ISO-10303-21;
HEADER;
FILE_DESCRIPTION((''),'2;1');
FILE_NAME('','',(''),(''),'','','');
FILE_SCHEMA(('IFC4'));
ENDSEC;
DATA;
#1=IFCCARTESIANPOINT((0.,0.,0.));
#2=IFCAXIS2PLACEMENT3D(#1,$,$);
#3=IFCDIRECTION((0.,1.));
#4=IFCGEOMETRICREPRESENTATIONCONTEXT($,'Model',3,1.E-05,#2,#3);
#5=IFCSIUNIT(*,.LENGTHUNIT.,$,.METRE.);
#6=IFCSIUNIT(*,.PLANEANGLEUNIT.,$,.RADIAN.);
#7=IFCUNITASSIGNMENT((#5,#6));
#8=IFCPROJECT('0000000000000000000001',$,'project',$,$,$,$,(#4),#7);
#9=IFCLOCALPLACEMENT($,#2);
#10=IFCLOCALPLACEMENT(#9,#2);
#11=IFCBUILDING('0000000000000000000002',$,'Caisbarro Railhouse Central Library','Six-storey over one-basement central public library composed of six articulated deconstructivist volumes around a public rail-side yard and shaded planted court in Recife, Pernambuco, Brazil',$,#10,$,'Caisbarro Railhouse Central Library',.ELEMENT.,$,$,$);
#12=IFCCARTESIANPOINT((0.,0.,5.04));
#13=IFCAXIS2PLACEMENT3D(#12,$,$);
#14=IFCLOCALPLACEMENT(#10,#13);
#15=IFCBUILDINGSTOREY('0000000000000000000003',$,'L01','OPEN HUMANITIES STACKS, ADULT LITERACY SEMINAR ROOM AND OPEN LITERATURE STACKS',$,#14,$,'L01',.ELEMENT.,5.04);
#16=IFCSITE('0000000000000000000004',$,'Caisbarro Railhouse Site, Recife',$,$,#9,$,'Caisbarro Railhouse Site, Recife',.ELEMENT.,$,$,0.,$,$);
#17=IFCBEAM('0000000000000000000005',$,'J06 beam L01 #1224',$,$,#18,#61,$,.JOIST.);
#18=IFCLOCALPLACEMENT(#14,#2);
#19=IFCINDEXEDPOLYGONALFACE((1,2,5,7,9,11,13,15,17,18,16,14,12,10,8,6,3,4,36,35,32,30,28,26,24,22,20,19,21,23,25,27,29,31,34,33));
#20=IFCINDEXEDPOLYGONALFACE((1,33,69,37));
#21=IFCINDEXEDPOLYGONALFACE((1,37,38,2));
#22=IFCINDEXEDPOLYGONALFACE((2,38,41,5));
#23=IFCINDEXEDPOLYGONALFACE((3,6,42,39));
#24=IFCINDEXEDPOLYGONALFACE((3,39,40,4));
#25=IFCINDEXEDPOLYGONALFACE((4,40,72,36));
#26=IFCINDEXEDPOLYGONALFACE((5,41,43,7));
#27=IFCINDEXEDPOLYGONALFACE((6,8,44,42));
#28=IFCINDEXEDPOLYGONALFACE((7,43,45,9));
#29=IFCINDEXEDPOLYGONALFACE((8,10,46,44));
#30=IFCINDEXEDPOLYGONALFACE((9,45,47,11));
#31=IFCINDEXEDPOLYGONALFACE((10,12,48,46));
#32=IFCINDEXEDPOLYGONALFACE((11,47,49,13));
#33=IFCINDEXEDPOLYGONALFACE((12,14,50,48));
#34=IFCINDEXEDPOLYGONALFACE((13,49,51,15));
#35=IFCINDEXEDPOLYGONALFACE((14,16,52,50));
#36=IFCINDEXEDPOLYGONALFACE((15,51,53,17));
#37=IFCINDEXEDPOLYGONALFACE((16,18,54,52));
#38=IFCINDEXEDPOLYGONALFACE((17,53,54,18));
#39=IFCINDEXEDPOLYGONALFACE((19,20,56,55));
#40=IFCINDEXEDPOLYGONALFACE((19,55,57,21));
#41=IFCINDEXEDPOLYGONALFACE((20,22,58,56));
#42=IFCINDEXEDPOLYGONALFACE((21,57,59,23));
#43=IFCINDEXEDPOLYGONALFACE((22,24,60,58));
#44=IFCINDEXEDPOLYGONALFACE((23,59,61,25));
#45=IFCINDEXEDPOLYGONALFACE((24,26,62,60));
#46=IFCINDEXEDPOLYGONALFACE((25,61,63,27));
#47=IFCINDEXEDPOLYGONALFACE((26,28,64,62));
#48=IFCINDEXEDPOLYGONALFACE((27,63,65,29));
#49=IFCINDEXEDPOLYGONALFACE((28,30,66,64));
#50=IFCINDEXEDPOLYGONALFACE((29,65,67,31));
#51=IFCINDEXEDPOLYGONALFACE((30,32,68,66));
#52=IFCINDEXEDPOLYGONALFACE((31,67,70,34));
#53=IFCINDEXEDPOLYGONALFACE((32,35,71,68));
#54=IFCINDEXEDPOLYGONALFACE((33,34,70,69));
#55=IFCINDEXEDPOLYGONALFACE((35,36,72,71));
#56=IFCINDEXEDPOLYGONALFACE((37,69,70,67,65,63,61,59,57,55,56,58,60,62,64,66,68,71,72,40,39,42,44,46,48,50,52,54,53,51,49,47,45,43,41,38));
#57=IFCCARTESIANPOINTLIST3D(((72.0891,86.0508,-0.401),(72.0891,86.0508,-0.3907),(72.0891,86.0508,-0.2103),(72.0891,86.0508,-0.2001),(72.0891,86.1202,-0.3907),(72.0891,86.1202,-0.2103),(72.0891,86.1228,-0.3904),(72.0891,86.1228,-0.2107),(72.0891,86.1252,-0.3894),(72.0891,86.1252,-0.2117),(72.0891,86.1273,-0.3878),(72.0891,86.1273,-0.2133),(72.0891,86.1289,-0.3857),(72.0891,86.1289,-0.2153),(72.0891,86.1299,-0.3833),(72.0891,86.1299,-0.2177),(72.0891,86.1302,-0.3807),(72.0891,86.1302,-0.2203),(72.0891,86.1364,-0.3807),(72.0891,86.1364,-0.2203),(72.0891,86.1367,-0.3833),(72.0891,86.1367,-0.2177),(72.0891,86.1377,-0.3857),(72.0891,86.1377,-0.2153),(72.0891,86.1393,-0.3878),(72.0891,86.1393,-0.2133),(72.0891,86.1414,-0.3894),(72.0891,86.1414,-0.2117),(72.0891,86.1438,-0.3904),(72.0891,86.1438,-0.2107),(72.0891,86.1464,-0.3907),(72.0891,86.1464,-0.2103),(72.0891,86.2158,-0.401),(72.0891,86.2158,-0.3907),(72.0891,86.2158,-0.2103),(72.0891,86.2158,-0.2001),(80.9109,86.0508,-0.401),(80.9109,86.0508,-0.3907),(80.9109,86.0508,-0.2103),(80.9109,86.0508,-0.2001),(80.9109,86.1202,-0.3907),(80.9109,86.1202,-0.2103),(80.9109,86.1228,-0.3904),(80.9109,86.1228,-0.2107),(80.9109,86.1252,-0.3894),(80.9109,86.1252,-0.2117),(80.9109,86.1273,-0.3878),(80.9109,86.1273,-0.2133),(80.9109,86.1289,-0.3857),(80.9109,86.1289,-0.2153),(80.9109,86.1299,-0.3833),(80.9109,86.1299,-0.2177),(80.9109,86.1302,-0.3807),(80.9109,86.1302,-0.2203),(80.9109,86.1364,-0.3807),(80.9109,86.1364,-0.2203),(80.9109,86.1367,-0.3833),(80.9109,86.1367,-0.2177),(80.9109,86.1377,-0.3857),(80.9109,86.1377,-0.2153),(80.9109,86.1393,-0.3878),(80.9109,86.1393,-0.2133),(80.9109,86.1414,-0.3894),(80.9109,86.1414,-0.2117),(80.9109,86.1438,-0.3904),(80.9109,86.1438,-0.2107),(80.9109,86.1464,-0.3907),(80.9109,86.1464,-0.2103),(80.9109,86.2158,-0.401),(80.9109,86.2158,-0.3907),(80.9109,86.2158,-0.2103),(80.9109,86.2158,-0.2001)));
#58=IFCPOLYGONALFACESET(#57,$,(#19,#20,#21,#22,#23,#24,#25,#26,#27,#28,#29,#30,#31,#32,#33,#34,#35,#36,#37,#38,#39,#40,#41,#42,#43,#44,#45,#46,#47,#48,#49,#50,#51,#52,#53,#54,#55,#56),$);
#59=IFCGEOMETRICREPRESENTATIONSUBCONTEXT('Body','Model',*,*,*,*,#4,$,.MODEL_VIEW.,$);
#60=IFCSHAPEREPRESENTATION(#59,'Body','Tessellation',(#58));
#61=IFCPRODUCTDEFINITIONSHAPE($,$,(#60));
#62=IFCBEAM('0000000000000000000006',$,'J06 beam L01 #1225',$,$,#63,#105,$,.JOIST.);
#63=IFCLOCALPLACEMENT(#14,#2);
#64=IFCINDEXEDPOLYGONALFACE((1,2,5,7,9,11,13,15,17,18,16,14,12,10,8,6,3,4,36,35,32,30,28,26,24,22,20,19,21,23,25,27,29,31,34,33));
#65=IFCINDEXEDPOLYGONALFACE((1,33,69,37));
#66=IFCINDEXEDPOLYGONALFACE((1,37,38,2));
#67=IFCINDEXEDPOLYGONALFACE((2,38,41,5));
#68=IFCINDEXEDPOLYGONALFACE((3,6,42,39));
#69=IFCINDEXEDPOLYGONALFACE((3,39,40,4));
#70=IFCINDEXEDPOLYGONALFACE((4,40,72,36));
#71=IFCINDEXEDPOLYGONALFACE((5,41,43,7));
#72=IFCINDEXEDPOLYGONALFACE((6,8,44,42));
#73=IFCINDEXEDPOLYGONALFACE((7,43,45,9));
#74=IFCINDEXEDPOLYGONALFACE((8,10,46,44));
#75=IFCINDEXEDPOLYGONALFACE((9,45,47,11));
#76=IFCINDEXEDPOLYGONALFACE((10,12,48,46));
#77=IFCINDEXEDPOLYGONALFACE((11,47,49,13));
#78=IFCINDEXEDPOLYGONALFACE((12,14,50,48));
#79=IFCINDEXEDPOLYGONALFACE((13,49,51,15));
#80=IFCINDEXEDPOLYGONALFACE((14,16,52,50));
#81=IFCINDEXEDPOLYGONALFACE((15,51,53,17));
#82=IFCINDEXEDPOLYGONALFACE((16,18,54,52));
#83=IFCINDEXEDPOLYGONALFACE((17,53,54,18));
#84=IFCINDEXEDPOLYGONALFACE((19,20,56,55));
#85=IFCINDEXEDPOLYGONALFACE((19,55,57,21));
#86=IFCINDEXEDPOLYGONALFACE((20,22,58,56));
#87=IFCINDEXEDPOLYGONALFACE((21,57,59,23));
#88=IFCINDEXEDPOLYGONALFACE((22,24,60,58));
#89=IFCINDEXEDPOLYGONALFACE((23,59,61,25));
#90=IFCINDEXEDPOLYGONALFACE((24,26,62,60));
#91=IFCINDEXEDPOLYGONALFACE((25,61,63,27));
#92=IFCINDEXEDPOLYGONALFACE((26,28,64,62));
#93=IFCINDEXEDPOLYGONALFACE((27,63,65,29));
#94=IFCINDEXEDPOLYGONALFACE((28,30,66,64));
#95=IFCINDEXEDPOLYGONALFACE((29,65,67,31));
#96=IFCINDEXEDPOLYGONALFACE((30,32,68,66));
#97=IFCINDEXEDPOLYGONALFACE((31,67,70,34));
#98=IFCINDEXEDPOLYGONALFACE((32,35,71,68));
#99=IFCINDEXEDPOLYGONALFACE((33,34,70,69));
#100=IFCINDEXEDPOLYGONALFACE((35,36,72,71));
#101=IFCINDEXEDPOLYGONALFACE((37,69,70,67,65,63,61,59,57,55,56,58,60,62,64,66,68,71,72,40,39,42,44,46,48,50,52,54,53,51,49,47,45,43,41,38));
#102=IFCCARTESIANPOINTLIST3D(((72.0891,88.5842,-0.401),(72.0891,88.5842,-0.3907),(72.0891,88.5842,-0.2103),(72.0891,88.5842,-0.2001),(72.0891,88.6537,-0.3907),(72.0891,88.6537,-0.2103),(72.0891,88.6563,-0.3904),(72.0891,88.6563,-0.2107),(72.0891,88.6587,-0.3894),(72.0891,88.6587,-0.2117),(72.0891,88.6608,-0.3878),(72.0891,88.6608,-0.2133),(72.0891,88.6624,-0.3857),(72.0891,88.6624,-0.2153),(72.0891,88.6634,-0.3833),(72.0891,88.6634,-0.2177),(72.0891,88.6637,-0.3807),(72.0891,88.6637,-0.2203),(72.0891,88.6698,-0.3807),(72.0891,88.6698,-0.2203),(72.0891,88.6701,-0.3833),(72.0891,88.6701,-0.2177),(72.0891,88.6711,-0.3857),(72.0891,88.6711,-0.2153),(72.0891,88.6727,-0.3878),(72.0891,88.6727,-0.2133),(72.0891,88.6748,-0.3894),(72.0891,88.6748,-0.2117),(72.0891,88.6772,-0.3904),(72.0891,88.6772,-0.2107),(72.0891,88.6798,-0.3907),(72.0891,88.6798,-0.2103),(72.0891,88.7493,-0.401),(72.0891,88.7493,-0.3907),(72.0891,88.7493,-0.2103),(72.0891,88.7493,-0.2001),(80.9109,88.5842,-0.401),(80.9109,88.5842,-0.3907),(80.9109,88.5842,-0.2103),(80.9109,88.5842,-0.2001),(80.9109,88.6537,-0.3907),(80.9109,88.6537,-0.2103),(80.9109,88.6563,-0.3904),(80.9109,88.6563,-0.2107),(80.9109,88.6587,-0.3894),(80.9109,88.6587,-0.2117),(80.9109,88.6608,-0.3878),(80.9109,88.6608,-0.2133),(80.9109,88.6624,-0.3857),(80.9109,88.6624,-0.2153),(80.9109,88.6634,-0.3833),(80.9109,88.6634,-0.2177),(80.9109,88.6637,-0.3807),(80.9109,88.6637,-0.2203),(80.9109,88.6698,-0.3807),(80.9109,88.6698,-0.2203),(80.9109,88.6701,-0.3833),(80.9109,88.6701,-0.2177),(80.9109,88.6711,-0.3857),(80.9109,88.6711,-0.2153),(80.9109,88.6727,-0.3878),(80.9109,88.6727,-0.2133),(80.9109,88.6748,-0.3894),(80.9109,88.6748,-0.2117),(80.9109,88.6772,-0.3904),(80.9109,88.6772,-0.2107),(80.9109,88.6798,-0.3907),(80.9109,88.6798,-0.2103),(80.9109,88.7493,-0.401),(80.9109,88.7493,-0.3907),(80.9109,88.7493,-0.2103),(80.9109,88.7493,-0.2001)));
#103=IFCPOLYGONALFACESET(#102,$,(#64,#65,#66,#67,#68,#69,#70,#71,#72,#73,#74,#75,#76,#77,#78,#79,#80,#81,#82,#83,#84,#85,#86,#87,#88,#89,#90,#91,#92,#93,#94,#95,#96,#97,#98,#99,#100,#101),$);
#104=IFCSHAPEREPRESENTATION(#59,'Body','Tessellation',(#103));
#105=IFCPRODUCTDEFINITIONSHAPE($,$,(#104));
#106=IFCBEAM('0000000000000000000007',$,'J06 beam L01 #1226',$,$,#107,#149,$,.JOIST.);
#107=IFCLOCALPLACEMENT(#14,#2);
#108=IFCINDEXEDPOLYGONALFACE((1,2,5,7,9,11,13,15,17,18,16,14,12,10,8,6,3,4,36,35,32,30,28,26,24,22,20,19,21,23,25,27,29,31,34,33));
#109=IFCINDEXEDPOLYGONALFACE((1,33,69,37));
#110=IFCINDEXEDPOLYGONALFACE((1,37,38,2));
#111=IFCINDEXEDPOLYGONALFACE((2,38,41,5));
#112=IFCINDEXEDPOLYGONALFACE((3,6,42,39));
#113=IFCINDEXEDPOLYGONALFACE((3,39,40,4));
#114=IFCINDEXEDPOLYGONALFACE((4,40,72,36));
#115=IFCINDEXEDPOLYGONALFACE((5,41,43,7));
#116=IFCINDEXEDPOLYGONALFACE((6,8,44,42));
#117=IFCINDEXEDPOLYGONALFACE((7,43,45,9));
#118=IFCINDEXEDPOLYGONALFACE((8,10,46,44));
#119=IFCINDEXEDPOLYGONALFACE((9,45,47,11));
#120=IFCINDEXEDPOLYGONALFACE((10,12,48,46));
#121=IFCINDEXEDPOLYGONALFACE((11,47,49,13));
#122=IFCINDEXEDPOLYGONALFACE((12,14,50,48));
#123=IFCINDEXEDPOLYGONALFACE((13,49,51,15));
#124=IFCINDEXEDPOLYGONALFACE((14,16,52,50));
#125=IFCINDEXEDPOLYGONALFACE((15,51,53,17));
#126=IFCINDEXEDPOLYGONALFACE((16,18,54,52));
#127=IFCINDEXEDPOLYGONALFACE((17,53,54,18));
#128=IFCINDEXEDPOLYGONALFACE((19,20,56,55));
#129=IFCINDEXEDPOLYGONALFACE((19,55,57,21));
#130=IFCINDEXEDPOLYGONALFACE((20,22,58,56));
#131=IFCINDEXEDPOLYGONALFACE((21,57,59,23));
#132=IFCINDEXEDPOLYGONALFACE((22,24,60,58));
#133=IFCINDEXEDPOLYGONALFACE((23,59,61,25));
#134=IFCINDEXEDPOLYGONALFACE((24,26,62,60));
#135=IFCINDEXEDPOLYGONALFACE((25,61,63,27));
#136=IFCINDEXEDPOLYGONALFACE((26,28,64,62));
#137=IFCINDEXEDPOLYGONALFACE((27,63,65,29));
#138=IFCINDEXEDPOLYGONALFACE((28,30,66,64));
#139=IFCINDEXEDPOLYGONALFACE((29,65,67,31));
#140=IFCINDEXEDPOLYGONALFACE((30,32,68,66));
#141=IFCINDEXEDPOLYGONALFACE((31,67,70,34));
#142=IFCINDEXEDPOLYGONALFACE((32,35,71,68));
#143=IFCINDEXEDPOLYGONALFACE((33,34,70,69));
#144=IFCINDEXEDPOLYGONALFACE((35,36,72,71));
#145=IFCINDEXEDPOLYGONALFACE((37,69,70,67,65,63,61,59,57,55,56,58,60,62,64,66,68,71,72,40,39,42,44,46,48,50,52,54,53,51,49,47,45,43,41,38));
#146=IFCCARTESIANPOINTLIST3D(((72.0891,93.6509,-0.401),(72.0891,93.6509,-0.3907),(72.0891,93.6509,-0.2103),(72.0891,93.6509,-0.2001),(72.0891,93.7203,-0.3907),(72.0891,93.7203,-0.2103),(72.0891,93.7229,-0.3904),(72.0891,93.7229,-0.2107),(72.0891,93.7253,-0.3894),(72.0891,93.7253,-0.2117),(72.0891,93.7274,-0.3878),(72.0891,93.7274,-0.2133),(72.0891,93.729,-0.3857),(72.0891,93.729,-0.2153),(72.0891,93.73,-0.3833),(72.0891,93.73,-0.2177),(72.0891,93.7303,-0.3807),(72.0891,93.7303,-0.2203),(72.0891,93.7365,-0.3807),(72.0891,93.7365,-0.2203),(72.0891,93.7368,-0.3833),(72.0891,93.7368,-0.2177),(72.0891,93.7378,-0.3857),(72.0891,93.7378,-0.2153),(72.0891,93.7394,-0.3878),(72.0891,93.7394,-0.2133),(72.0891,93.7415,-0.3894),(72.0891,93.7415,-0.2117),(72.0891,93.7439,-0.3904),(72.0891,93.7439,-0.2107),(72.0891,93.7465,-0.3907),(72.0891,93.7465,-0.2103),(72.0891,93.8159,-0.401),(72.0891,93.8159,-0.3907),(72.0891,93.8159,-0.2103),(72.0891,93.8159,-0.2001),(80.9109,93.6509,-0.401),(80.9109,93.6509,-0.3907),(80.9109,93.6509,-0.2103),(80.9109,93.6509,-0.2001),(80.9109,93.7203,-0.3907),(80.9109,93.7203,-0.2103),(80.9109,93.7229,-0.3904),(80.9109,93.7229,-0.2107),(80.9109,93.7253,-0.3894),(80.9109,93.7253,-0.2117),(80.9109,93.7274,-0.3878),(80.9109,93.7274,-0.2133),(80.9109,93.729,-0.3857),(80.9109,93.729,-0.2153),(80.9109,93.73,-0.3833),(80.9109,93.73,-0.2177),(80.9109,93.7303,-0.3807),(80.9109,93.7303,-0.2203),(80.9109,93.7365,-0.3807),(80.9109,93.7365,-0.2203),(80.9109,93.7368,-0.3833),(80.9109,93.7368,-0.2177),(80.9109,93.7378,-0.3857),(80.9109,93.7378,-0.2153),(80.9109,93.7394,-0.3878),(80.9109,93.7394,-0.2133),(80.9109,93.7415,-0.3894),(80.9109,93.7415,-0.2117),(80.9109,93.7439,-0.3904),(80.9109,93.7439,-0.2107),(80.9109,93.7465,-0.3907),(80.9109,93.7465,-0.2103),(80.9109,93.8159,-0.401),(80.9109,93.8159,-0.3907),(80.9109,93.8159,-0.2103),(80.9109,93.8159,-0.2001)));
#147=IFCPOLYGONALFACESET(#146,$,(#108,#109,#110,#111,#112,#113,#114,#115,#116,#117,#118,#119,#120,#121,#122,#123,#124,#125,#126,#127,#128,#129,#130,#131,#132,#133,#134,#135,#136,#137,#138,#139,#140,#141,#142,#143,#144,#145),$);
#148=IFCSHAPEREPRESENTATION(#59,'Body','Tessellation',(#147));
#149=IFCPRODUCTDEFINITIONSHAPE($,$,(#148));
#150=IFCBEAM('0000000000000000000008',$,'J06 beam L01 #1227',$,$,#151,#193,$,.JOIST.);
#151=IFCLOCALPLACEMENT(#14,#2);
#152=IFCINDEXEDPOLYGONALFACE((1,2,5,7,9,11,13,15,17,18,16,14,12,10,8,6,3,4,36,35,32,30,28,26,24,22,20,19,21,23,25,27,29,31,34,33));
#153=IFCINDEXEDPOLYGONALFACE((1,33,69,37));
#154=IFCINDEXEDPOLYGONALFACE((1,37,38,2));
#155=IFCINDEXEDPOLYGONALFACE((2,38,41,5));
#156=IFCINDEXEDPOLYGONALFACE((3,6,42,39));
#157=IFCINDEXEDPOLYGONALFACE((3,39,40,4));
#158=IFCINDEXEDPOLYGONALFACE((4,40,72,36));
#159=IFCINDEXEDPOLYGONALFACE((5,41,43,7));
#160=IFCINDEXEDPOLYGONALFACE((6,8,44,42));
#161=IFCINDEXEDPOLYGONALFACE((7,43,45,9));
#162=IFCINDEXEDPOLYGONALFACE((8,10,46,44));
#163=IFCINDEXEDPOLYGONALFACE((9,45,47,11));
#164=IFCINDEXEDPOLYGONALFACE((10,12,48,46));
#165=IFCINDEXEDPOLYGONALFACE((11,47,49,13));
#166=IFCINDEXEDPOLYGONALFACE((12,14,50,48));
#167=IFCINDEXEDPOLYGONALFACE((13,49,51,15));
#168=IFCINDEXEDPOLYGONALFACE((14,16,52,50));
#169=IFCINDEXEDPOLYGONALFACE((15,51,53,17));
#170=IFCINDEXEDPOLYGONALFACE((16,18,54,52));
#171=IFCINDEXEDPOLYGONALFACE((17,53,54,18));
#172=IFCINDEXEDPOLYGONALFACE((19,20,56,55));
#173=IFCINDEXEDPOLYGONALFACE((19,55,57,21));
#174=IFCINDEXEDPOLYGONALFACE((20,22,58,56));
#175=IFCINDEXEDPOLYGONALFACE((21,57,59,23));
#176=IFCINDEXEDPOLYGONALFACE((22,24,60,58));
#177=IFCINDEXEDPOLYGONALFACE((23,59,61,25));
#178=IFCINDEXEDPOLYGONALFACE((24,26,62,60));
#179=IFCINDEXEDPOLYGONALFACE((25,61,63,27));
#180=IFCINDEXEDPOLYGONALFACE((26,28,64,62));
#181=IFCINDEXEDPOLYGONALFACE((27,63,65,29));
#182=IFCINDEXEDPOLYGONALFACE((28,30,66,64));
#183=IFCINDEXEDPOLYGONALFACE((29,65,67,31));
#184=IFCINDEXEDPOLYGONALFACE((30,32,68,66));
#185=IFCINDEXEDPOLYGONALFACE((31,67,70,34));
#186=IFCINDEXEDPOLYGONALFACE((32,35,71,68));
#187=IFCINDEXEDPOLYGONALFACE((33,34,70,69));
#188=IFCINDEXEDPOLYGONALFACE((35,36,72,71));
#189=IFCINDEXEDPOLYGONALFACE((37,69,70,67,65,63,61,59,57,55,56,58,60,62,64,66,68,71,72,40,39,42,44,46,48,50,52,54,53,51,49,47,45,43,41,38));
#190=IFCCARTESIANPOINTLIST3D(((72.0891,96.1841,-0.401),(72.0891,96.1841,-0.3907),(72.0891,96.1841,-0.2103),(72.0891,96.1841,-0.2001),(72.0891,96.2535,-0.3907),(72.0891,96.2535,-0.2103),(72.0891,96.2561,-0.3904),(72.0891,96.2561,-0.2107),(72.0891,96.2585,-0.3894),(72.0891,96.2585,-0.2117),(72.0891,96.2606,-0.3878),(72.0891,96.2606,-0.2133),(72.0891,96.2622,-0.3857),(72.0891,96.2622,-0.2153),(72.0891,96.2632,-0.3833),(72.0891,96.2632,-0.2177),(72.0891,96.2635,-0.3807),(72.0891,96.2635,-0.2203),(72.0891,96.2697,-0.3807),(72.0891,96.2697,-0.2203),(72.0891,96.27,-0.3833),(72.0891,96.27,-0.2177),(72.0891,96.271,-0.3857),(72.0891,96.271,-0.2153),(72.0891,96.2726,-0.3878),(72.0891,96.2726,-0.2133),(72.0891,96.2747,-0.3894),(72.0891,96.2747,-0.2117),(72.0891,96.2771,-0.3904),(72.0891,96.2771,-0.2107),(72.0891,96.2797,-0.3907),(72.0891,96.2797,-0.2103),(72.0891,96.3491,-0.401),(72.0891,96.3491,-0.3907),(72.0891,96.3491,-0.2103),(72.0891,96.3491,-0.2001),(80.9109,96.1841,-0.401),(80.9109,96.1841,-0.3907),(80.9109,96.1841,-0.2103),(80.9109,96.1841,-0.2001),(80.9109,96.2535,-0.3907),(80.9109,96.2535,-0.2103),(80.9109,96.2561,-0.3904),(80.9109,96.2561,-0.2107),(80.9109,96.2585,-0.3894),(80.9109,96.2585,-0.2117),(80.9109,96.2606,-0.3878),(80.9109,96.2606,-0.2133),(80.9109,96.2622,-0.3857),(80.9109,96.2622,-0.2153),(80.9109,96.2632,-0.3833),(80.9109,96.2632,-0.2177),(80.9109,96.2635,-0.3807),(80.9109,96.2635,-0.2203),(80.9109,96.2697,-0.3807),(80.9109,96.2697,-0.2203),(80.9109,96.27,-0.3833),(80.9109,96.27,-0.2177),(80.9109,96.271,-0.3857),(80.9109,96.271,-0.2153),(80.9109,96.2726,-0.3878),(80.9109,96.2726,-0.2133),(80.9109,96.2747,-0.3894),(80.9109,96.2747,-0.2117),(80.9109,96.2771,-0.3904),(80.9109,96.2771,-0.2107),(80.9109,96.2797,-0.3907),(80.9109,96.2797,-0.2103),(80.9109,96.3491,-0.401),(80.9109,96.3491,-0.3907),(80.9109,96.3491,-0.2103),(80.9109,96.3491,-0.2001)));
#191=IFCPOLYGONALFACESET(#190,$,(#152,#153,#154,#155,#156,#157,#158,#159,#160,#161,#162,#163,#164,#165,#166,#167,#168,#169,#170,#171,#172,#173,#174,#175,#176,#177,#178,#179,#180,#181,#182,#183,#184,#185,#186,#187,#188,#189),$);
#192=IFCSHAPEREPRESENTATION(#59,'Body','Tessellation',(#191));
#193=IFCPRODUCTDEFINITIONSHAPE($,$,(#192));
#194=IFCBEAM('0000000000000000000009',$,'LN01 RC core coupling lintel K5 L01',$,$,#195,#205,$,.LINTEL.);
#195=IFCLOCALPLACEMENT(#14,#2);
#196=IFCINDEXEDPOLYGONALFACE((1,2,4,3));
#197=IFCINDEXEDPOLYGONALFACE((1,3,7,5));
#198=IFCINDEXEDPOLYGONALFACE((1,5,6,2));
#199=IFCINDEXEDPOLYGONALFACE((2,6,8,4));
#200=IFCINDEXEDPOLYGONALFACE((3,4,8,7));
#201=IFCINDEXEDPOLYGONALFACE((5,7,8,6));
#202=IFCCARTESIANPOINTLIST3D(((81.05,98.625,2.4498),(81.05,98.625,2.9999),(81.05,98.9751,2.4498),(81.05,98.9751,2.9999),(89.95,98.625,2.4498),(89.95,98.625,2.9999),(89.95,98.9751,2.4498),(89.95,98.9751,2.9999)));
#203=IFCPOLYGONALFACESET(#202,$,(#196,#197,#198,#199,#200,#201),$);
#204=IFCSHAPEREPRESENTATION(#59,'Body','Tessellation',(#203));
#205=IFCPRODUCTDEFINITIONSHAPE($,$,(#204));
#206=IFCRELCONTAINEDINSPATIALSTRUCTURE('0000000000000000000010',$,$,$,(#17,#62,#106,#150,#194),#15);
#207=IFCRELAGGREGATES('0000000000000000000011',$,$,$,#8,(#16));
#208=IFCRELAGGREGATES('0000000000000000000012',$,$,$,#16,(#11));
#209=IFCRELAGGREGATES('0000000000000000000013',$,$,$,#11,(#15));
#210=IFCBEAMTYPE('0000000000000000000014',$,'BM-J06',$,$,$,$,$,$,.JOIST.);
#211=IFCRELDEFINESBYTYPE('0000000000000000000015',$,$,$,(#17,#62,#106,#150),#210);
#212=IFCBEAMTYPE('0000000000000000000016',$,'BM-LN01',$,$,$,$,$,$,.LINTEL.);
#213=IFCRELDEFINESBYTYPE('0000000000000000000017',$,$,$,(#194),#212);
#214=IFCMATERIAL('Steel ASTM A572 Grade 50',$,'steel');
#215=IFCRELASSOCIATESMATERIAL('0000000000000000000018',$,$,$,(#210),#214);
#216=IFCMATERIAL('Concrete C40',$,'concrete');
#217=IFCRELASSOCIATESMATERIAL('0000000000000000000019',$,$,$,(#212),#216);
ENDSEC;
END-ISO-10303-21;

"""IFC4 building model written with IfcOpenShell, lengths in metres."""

from ifc_helpers import new_model, si_unit, direction, frame, origin, origin_2d, place, context, subcontext, project, spatial, rectangle, i_section, extrude, material, material_profile, profile_set, type_object, element, save


model = new_model("IFC4")

# Units and contexts
model_context = context("Model", 3, precision=1e-05, world=origin(), true_north=direction((0.0, 1.0)))
body_context = subcontext(model_context, "Body", "Model", "MODEL_VIEW")
ifc_project = project(units=[si_unit("LENGTHUNIT", "METRE"), si_unit("PLANEANGLEUNIT", "RADIAN")], contexts=[model_context])

# Site, building, storey
site_placement = place(None, origin())
site = spatial("IfcSite", under=ifc_project, at=site_placement, Name="Caisbarro Railhouse Site, Recife", LongName="Caisbarro Railhouse Site, Recife", CompositionType="ELEMENT", RefElevation=0.0)
building_placement = place(site_placement, origin())
building = spatial("IfcBuilding", under=site, at=building_placement, Name="Caisbarro Railhouse Central Library", Description="Six-storey over one-basement central public library composed of six articulated deconstructivist volumes around a public rail-side yard and shaded planted court in Recife, Pernambuco, Brazil", LongName="Caisbarro Railhouse Central Library", CompositionType="ELEMENT")
storey_placement = place(building_placement, frame((0.0, 0.0, 5.04)))
storey = spatial("IfcBuildingStorey", under=building, at=storey_placement, Name="L01", Description="OPEN HUMANITIES STACKS, ADULT LITERACY SEMINAR ROOM AND OPEN LITERATURE STACKS", LongName="L01", CompositionType="ELEMENT", Elevation=5.04)

# Shared definitions
ifc_material_1 = material(Name="Steel ASTM A572 Grade 50", Category="steel")

# Beams
ifc_material_profile_1 = material_profile(ifc_material_1, i_section(OverallWidth=0.165, OverallDepth=0.2009, WebThickness=0.0061, FlangeThickness=0.0103, FilletRadius=0.01, at=origin_2d()), Name="W200X35.9")
ifc_profile_set_1 = profile_set([ifc_material_profile_1], Name="Steel ASTM A572 Grade 50")
beam_type_1 = type_object("IfcBeamType", Name="BM-J06", PredefinedType="JOIST", material=ifc_profile_set_1)
for number, where, z_axis, x_axis, name in (
    (1, (72.0891, 86.1333, -0.3005), (1.0, 0.0, 0.0), (0.0, 1.0, 0.0), "J06 beam L01 #1224"),
    (2, (72.0891, 88.6667, -0.3005), (1.0, 0.0, 0.0), (0.0, 1.0, 0.0), "J06 beam L01 #1225"),
    (3, (72.0891, 93.7334, -0.3005), (1.0, 0.0, 0.0), (0.0, 1.0, 0.0), "J06 beam L01 #1226"),
    (4, (72.0891, 96.2666, -0.3005), (1.0, 0.0, 0.0), (0.0, 1.0, 0.0), "J06 beam L01 #1227"),
):
    element("IfcBeam", number, at=place(storey_placement, frame(where, z_axis=z_axis, x_axis=x_axis)), inside=storey, type_object=beam_type_1, Name=name, PredefinedType="JOIST", context=body_context, shape_type="SweptSolid", body=[
        extrude(i_section(OverallWidth=0.165, OverallDepth=0.2009, WebThickness=0.0061, FlangeThickness=0.0103, FilletRadius=0.01, at=origin_2d()), origin(), (0.0, 0.0, 1.0), 8.8218),
    ])
ifc_material_2 = material(Name="Concrete C40", Category="concrete")
ifc_material_profile_2 = material_profile(ifc_material_2, rectangle(XDim=0.3501, YDim=0.55, at=origin_2d()), Name="RC-LIN-350X550")
ifc_profile_set_2 = profile_set([ifc_material_profile_2], Name="Concrete C40")
beam_type_2 = type_object("IfcBeamType", Name="BM-LN01", PredefinedType="LINTEL", material=ifc_profile_set_2)
beam_1_placement = place(storey_placement, frame((81.05, 98.8, 2.7249), z_axis=(1.0, 0.0, 0.0), x_axis=(0.0, 1.0, 0.0)))
element("IfcBeam", 5, at=beam_1_placement, inside=storey, type_object=beam_type_2, Name="LN01 RC core coupling lintel K5 L01", PredefinedType="LINTEL", context=body_context, shape_type="SweptSolid", body=[
    extrude(rectangle(XDim=0.3501, YDim=0.55, at=origin_2d()), origin(), (0.0, 0.0, 1.0), 8.8999),
])

save(model, "model.ifc")
